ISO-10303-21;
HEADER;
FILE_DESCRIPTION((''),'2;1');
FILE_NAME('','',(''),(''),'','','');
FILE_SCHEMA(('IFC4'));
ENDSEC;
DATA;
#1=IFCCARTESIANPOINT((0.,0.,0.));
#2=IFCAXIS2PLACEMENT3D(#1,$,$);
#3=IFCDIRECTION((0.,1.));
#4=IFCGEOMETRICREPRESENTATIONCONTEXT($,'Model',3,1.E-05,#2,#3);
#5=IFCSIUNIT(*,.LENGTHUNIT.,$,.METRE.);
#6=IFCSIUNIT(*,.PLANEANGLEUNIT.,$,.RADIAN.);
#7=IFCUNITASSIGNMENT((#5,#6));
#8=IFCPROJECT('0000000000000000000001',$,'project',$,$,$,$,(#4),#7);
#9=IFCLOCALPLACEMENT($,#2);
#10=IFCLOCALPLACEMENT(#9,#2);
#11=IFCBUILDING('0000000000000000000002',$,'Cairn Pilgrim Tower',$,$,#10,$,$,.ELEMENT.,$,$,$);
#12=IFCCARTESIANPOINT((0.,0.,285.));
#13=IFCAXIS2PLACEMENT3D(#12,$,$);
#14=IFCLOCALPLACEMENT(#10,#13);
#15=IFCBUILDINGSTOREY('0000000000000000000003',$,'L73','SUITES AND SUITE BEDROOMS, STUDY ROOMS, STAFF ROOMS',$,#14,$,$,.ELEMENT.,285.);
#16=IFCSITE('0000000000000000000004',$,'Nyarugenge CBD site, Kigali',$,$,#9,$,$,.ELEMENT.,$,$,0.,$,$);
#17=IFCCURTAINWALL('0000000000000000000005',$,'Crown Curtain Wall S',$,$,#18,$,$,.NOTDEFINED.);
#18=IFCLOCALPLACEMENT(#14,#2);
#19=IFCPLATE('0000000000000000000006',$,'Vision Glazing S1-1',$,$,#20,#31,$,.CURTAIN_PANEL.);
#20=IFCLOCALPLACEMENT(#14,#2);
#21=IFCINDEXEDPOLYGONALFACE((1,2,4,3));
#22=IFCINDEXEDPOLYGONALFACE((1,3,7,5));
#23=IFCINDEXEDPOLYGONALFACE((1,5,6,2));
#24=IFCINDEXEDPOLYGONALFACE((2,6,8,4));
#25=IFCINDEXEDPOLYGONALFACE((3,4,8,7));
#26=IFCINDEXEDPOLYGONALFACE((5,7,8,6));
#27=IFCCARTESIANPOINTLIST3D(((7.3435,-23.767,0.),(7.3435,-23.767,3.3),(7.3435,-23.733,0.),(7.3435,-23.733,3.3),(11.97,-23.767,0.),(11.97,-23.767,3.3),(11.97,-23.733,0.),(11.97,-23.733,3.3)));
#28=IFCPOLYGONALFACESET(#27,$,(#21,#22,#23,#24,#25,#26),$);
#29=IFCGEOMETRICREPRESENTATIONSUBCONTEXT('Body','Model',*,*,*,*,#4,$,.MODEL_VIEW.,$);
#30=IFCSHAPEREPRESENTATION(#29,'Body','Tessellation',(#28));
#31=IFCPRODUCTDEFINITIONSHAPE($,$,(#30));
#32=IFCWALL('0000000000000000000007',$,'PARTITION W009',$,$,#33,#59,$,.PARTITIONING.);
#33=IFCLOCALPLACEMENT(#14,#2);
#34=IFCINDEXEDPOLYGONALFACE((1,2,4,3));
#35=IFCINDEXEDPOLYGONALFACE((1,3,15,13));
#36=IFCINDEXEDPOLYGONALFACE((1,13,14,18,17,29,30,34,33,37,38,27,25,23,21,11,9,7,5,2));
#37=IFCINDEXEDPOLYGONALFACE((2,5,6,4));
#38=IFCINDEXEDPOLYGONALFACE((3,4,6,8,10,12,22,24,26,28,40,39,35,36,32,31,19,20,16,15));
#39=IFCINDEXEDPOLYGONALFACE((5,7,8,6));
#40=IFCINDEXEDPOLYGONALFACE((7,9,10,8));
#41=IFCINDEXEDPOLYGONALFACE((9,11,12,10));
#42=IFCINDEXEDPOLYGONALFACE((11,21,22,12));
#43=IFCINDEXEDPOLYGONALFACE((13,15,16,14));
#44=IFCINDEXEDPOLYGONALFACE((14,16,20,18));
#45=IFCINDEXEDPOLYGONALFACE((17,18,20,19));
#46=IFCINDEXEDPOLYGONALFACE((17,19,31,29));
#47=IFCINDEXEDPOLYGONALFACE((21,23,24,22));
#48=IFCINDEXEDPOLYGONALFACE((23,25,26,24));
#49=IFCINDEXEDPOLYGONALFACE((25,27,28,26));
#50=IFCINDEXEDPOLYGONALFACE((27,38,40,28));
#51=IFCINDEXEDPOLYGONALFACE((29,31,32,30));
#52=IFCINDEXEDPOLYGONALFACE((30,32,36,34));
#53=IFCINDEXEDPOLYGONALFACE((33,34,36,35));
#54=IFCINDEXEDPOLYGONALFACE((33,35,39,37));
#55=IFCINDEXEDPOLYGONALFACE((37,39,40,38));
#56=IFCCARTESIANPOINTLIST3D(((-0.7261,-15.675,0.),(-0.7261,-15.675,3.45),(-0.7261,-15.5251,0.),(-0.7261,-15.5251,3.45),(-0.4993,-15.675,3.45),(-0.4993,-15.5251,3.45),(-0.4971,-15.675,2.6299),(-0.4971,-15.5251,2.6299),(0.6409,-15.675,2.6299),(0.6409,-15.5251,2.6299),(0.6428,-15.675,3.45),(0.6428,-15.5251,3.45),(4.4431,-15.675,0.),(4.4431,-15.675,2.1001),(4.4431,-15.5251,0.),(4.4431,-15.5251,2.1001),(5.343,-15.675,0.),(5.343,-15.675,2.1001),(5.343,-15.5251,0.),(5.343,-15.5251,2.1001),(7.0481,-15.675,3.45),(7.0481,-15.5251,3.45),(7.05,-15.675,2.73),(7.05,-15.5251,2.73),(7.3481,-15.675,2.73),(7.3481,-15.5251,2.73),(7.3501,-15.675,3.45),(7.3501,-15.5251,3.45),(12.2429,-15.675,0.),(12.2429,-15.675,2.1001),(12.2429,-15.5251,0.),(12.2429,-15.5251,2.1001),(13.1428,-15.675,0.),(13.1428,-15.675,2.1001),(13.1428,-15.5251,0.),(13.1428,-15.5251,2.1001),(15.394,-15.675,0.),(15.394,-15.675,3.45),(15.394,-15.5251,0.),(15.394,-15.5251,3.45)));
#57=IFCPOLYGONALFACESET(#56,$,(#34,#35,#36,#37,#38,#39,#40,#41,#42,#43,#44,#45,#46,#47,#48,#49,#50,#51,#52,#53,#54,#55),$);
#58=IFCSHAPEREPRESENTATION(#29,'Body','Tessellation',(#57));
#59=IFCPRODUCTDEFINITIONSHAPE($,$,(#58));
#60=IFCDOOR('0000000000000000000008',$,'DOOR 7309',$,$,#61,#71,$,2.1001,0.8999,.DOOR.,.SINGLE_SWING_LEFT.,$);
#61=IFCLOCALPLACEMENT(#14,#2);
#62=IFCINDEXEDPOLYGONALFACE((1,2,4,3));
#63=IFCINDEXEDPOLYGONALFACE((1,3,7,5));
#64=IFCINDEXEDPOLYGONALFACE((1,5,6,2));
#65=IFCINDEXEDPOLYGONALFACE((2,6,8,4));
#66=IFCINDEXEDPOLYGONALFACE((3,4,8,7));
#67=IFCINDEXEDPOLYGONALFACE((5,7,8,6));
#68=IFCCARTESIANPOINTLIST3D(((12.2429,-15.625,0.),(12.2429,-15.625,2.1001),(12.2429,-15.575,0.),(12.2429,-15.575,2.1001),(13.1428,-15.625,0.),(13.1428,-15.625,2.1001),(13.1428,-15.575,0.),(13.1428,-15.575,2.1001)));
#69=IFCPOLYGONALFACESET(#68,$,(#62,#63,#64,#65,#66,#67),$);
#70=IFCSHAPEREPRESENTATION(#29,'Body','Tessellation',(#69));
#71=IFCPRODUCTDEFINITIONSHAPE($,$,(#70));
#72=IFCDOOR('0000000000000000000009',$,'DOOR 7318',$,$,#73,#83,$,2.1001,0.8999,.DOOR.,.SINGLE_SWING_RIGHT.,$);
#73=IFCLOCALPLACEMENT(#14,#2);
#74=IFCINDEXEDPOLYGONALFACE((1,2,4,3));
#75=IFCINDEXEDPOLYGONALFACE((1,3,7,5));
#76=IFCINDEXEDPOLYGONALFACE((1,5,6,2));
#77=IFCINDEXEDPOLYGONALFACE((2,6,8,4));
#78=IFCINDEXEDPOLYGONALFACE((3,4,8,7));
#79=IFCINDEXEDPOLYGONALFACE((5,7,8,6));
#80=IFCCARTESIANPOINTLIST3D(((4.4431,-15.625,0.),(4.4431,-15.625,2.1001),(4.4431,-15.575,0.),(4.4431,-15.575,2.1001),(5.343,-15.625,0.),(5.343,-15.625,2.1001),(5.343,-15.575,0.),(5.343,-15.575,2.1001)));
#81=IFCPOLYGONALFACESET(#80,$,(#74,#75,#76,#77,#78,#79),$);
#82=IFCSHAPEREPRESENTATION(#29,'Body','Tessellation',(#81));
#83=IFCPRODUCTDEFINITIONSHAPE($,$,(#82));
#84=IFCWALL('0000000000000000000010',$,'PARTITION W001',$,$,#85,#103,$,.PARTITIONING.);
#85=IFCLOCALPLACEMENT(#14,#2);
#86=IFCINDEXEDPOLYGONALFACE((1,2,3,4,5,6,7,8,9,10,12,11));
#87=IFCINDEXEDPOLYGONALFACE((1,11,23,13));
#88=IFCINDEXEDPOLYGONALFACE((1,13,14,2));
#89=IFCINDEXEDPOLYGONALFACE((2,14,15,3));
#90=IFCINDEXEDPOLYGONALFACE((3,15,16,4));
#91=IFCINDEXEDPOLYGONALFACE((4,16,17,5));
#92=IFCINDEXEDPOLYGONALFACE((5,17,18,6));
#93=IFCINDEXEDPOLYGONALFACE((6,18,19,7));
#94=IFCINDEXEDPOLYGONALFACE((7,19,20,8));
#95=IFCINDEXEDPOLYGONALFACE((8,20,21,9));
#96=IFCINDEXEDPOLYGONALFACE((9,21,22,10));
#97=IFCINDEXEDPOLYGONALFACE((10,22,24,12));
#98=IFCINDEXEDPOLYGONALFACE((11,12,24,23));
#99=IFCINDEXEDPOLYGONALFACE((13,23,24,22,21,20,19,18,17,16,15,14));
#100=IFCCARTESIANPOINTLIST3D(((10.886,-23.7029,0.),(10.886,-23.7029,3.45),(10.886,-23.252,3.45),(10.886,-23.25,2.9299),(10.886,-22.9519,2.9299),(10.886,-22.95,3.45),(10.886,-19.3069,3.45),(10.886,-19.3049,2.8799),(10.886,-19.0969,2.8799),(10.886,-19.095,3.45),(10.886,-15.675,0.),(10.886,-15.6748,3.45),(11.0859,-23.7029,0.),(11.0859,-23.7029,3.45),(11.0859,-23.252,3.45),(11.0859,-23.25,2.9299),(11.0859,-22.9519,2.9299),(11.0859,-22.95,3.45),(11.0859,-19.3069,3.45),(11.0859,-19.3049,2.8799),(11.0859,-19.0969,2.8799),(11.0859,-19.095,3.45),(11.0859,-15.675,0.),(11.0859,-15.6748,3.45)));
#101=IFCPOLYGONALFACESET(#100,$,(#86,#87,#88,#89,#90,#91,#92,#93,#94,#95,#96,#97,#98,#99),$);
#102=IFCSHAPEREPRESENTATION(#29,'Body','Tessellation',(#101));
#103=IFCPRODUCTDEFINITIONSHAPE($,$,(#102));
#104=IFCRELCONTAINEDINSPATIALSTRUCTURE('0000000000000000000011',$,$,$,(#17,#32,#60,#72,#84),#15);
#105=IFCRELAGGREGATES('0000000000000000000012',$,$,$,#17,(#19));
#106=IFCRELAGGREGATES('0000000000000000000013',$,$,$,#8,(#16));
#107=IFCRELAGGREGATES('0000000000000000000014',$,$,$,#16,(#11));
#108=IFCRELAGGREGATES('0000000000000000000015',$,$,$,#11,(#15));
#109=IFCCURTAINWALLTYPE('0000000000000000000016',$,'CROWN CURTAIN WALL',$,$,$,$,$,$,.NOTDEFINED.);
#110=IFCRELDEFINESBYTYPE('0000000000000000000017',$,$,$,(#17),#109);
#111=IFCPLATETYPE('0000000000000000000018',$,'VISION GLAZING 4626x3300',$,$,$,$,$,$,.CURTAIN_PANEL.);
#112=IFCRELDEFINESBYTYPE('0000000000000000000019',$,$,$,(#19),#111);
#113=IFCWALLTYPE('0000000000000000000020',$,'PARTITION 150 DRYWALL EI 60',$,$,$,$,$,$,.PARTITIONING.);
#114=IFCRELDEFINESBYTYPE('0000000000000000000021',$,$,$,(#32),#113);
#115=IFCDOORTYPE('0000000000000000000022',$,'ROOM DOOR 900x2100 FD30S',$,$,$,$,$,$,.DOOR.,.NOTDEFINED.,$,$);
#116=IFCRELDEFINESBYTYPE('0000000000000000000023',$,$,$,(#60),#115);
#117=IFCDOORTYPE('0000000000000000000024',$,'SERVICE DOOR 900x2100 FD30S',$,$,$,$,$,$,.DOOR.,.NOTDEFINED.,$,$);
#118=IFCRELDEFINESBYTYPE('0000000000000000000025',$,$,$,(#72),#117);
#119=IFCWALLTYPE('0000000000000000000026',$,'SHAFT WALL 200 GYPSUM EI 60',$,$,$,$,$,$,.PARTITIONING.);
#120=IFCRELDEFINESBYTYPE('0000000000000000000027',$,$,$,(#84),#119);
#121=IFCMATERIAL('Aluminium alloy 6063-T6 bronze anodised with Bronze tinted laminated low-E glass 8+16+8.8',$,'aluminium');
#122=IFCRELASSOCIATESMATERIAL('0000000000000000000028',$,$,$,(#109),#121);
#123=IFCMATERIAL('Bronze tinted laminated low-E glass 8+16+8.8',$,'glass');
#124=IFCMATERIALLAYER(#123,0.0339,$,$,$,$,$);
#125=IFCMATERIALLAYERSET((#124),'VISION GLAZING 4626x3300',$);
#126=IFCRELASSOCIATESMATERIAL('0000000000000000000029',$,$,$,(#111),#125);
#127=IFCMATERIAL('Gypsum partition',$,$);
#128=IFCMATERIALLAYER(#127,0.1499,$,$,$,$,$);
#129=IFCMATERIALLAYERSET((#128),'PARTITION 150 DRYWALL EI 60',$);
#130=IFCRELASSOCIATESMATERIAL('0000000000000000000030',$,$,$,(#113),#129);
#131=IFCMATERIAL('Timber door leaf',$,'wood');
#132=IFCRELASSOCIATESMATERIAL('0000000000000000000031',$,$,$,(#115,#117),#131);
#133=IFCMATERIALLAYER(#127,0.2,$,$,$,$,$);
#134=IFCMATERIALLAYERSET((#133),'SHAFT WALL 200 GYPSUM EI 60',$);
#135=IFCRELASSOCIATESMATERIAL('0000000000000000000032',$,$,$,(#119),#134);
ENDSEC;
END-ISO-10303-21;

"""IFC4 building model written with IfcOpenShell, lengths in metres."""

from ifc_helpers import new_model, si_unit, direction, frame, frame_2d, origin, origin_2d, place, context, subcontext, project, spatial, polyline, rectangle, outline, extrude, material, layer, layer_set, type_object, element, fill, aggregate, save


model = new_model("IFC4")

# Units and contexts
model_context = context("Model", 3, precision=1e-05, world=origin(), true_north=direction((0.0, 1.0)))
body_context = subcontext(model_context, "Body", "Model", "MODEL_VIEW")
ifc_project = project(units=[si_unit("LENGTHUNIT", "METRE"), si_unit("PLANEANGLEUNIT", "RADIAN")], contexts=[model_context])

# Site, building, storey
site_placement = place(None, origin())
site = spatial("IfcSite", under=ifc_project, at=site_placement, Name="Nyarugenge CBD site, Kigali", CompositionType="ELEMENT", RefElevation=0.0)
building_placement = place(site_placement, origin())
building = spatial("IfcBuilding", under=site, at=building_placement, Name="Cairn Pilgrim Tower", CompositionType="ELEMENT")
storey_placement = place(building_placement, frame((0.0, 0.0, 285.0)))
storey = spatial("IfcBuildingStorey", under=building, at=storey_placement, Name="L73", Description="SUITES AND SUITE BEDROOMS, STUDY ROOMS, STAFF ROOMS", CompositionType="ELEMENT", Elevation=285.0)

# Curtain wall
ifc_material_1 = material(Name="Aluminium alloy 6063-T6 bronze anodised with Bronze tinted laminated low-E glass 8+16+8.8", Category="aluminium")
curtain_wall_type = type_object("IfcCurtainWallType", Name="CROWN CURTAIN WALL", PredefinedType="NOTDEFINED", material=ifc_material_1)
curtain_wall_1_placement = place(storey_placement, origin())
curtain_wall_1 = element("IfcCurtainWall", 1, at=curtain_wall_1_placement, inside=storey, type_object=curtain_wall_type, Name="Crown Curtain Wall S", PredefinedType="NOTDEFINED")

# Plate
ifc_material_2 = material(Name="Bronze tinted laminated low-E glass 8+16+8.8", Category="glass")
ifc_layer_1 = layer(ifc_material_2, 0.0339)
ifc_layer_set_1 = layer_set([ifc_layer_1], Name="VISION GLAZING 4626x3300")
plate_type_1 = type_object("IfcPlateType", Name="VISION GLAZING 4626x3300", PredefinedType="CURTAIN_PANEL", material=ifc_layer_set_1)
plate_1_placement = place(storey_placement, frame((9.6567, -23.75, 0.0), z_axis=(0.0, 0.0, 1.0), x_axis=(1.0, 0.0, 0.0)))
plate_1 = element("IfcPlate", 2, at=plate_1_placement, type_object=plate_type_1, Name="Vision Glazing S1-1", PredefinedType="CURTAIN_PANEL", context=body_context, shape_type="SweptSolid", body=[
    extrude(rectangle(XDim=4.6265, YDim=0.0339, at=origin_2d()), origin(), (0.0, 0.0, 1.0), 3.3),
])
aggregate(curtain_wall_1, [plate_1])

# Wall, openings, doors
ifc_material_3 = material(Name="Gypsum partition")
ifc_layer_2 = layer(ifc_material_3, 0.1499)
ifc_layer_set_2 = layer_set([ifc_layer_2], Name="PARTITION 150 DRYWALL EI 60")
wall_type_1 = type_object("IfcWallType", Name="PARTITION 150 DRYWALL EI 60", PredefinedType="PARTITIONING", material=ifc_layer_set_2)
wall_1_placement = place(storey_placement, frame((-0.7261, -15.6001, 0.0), z_axis=(0.0, 0.0, 1.0), x_axis=(1.0, 0.0, 0.0)))
wall_1 = element("IfcWall", 3, at=wall_1_placement, inside=storey, type_object=wall_type_1, Name="PARTITION W009", PredefinedType="PARTITIONING", context=body_context, shape_type="SweptSolid", body=[
    extrude(outline(polyline([(0.0, 0.0), (16.1201, 0.0), (16.1201, 3.45), (8.0762, 3.45), (8.0742, 2.73), (7.7761, 2.73), (7.7742, 3.45), (1.3689, 3.45), (1.3669, 2.6299), (0.229, 2.6299), (0.2268, 3.45), (0.0, 3.45), (0.0, 0.0)])), frame((0.0, 0.075, 0.0), z_axis=(0.0, -1.0, 0.0), x_axis=(1.0, 0.0, 0.0)), (0.0, 0.0, 1.0), 0.1499),
])
opening_1_placement = place(wall_1_placement, frame((12.969, 0.0, 0.0)))
opening_1 = element("IfcOpeningElement", 4, at=opening_1_placement, cuts=wall_1, PredefinedType="OPENING", context=body_context, shape_type="SweptSolid", body=[
    extrude(rectangle(XDim=0.8999, YDim=2.1001, at=frame_2d((0.45, 1.05))), frame((0.0, 0.085, 0.0), z_axis=(0.0, -1.0, 0.0), x_axis=(1.0, 0.0, 0.0)), (0.0, 0.0, 1.0), 0.1699),
])
opening_2_placement = place(wall_1_placement, frame((5.1692, 0.0, 0.0)))
opening_2 = element("IfcOpeningElement", 5, at=opening_2_placement, cuts=wall_1, PredefinedType="OPENING", context=body_context, shape_type="SweptSolid", body=[
    extrude(rectangle(XDim=0.8999, YDim=2.1001, at=frame_2d((0.45, 1.05))), frame((0.0, 0.085, 0.0), z_axis=(0.0, -1.0, 0.0), x_axis=(1.0, 0.0, 0.0)), (0.0, 0.0, 1.0), 0.1699),
])
ifc_material_4 = material(Name="Timber door leaf", Category="wood")
door_type_1 = type_object("IfcDoorType", Name="ROOM DOOR 900x2100 FD30S", OperationType="NOTDEFINED", PredefinedType="DOOR", material=ifc_material_4)
door_1_placement = place(opening_1_placement, frame((0.8999, 0.0, 0.0), z_axis=(0.0, 0.0, 1.0), x_axis=(-1.0, 0.0, 0.0)))
door_1 = element("IfcDoor", 6, at=door_1_placement, inside=storey, type_object=door_type_1, Name="DOOR 7309", OperationType="SINGLE_SWING_LEFT", OverallHeight=2.1001, OverallWidth=0.8999, PredefinedType="DOOR", context=body_context, shape_type="SweptSolid", body=[
    extrude(rectangle(XDim=0.8999, YDim=2.1001, at=frame_2d((0.45, 1.05))), frame((0.0, 0.0249, 0.0), z_axis=(0.0, -1.0, 0.0), x_axis=(1.0, 0.0, 0.0)), (0.0, 0.0, 1.0), 0.05),
])
fill(opening_1, door_1)
door_type_2 = type_object("IfcDoorType", Name="SERVICE DOOR 900x2100 FD30S", OperationType="NOTDEFINED", PredefinedType="DOOR", material=ifc_material_4)
door_2_placement = place(opening_2_placement, frame((0.8999, 0.0, 0.0), z_axis=(0.0, 0.0, 1.0), x_axis=(-1.0, 0.0, 0.0)))
door_2 = element("IfcDoor", 7, at=door_2_placement, inside=storey, type_object=door_type_2, Name="DOOR 7318", OperationType="SINGLE_SWING_RIGHT", OverallHeight=2.1001, OverallWidth=0.8999, PredefinedType="DOOR", context=body_context, shape_type="SweptSolid", body=[
    extrude(rectangle(XDim=0.8999, YDim=2.1001, at=frame_2d((0.45, 1.05))), frame((0.0, 0.0249, 0.0), z_axis=(0.0, -1.0, 0.0), x_axis=(1.0, 0.0, 0.0)), (0.0, 0.0, 1.0), 0.05),
])
fill(opening_2, door_2)

# Wall
ifc_layer_3 = layer(ifc_material_3, 0.2)
ifc_layer_set_3 = layer_set([ifc_layer_3], Name="SHAFT WALL 200 GYPSUM EI 60")
wall_type_2 = type_object("IfcWallType", Name="SHAFT WALL 200 GYPSUM EI 60", PredefinedType="PARTITIONING", material=ifc_layer_set_3)
wall_2_placement = place(storey_placement, frame((10.9861, -23.7029, 0.0), z_axis=(0.0, 0.0, 1.0), x_axis=(0.0, 1.0, 0.0)))
element("IfcWall", 8, at=wall_2_placement, inside=storey, type_object=wall_type_2, Name="PARTITION W001", PredefinedType="PARTITIONING", context=body_context, shape_type="SweptSolid", body=[
    extrude(outline(polyline([(0.0, 0.0), (8.0278, 0.0), (8.0281, 3.45), (4.6079, 3.45), (4.606, 2.8799), (4.3979, 2.8799), (4.396, 3.45), (0.7529, 3.45), (0.751, 2.9299), (0.4529, 2.9299), (0.4509, 3.45), (0.0, 3.45), (0.0, 0.0)])), frame((0.0, 0.1001, 0.0), z_axis=(0.0, -1.0, 0.0), x_axis=(1.0, 0.0, 0.0)), (0.0, 0.0, 1.0), 0.2),
])

save(model, "model.ifc")
